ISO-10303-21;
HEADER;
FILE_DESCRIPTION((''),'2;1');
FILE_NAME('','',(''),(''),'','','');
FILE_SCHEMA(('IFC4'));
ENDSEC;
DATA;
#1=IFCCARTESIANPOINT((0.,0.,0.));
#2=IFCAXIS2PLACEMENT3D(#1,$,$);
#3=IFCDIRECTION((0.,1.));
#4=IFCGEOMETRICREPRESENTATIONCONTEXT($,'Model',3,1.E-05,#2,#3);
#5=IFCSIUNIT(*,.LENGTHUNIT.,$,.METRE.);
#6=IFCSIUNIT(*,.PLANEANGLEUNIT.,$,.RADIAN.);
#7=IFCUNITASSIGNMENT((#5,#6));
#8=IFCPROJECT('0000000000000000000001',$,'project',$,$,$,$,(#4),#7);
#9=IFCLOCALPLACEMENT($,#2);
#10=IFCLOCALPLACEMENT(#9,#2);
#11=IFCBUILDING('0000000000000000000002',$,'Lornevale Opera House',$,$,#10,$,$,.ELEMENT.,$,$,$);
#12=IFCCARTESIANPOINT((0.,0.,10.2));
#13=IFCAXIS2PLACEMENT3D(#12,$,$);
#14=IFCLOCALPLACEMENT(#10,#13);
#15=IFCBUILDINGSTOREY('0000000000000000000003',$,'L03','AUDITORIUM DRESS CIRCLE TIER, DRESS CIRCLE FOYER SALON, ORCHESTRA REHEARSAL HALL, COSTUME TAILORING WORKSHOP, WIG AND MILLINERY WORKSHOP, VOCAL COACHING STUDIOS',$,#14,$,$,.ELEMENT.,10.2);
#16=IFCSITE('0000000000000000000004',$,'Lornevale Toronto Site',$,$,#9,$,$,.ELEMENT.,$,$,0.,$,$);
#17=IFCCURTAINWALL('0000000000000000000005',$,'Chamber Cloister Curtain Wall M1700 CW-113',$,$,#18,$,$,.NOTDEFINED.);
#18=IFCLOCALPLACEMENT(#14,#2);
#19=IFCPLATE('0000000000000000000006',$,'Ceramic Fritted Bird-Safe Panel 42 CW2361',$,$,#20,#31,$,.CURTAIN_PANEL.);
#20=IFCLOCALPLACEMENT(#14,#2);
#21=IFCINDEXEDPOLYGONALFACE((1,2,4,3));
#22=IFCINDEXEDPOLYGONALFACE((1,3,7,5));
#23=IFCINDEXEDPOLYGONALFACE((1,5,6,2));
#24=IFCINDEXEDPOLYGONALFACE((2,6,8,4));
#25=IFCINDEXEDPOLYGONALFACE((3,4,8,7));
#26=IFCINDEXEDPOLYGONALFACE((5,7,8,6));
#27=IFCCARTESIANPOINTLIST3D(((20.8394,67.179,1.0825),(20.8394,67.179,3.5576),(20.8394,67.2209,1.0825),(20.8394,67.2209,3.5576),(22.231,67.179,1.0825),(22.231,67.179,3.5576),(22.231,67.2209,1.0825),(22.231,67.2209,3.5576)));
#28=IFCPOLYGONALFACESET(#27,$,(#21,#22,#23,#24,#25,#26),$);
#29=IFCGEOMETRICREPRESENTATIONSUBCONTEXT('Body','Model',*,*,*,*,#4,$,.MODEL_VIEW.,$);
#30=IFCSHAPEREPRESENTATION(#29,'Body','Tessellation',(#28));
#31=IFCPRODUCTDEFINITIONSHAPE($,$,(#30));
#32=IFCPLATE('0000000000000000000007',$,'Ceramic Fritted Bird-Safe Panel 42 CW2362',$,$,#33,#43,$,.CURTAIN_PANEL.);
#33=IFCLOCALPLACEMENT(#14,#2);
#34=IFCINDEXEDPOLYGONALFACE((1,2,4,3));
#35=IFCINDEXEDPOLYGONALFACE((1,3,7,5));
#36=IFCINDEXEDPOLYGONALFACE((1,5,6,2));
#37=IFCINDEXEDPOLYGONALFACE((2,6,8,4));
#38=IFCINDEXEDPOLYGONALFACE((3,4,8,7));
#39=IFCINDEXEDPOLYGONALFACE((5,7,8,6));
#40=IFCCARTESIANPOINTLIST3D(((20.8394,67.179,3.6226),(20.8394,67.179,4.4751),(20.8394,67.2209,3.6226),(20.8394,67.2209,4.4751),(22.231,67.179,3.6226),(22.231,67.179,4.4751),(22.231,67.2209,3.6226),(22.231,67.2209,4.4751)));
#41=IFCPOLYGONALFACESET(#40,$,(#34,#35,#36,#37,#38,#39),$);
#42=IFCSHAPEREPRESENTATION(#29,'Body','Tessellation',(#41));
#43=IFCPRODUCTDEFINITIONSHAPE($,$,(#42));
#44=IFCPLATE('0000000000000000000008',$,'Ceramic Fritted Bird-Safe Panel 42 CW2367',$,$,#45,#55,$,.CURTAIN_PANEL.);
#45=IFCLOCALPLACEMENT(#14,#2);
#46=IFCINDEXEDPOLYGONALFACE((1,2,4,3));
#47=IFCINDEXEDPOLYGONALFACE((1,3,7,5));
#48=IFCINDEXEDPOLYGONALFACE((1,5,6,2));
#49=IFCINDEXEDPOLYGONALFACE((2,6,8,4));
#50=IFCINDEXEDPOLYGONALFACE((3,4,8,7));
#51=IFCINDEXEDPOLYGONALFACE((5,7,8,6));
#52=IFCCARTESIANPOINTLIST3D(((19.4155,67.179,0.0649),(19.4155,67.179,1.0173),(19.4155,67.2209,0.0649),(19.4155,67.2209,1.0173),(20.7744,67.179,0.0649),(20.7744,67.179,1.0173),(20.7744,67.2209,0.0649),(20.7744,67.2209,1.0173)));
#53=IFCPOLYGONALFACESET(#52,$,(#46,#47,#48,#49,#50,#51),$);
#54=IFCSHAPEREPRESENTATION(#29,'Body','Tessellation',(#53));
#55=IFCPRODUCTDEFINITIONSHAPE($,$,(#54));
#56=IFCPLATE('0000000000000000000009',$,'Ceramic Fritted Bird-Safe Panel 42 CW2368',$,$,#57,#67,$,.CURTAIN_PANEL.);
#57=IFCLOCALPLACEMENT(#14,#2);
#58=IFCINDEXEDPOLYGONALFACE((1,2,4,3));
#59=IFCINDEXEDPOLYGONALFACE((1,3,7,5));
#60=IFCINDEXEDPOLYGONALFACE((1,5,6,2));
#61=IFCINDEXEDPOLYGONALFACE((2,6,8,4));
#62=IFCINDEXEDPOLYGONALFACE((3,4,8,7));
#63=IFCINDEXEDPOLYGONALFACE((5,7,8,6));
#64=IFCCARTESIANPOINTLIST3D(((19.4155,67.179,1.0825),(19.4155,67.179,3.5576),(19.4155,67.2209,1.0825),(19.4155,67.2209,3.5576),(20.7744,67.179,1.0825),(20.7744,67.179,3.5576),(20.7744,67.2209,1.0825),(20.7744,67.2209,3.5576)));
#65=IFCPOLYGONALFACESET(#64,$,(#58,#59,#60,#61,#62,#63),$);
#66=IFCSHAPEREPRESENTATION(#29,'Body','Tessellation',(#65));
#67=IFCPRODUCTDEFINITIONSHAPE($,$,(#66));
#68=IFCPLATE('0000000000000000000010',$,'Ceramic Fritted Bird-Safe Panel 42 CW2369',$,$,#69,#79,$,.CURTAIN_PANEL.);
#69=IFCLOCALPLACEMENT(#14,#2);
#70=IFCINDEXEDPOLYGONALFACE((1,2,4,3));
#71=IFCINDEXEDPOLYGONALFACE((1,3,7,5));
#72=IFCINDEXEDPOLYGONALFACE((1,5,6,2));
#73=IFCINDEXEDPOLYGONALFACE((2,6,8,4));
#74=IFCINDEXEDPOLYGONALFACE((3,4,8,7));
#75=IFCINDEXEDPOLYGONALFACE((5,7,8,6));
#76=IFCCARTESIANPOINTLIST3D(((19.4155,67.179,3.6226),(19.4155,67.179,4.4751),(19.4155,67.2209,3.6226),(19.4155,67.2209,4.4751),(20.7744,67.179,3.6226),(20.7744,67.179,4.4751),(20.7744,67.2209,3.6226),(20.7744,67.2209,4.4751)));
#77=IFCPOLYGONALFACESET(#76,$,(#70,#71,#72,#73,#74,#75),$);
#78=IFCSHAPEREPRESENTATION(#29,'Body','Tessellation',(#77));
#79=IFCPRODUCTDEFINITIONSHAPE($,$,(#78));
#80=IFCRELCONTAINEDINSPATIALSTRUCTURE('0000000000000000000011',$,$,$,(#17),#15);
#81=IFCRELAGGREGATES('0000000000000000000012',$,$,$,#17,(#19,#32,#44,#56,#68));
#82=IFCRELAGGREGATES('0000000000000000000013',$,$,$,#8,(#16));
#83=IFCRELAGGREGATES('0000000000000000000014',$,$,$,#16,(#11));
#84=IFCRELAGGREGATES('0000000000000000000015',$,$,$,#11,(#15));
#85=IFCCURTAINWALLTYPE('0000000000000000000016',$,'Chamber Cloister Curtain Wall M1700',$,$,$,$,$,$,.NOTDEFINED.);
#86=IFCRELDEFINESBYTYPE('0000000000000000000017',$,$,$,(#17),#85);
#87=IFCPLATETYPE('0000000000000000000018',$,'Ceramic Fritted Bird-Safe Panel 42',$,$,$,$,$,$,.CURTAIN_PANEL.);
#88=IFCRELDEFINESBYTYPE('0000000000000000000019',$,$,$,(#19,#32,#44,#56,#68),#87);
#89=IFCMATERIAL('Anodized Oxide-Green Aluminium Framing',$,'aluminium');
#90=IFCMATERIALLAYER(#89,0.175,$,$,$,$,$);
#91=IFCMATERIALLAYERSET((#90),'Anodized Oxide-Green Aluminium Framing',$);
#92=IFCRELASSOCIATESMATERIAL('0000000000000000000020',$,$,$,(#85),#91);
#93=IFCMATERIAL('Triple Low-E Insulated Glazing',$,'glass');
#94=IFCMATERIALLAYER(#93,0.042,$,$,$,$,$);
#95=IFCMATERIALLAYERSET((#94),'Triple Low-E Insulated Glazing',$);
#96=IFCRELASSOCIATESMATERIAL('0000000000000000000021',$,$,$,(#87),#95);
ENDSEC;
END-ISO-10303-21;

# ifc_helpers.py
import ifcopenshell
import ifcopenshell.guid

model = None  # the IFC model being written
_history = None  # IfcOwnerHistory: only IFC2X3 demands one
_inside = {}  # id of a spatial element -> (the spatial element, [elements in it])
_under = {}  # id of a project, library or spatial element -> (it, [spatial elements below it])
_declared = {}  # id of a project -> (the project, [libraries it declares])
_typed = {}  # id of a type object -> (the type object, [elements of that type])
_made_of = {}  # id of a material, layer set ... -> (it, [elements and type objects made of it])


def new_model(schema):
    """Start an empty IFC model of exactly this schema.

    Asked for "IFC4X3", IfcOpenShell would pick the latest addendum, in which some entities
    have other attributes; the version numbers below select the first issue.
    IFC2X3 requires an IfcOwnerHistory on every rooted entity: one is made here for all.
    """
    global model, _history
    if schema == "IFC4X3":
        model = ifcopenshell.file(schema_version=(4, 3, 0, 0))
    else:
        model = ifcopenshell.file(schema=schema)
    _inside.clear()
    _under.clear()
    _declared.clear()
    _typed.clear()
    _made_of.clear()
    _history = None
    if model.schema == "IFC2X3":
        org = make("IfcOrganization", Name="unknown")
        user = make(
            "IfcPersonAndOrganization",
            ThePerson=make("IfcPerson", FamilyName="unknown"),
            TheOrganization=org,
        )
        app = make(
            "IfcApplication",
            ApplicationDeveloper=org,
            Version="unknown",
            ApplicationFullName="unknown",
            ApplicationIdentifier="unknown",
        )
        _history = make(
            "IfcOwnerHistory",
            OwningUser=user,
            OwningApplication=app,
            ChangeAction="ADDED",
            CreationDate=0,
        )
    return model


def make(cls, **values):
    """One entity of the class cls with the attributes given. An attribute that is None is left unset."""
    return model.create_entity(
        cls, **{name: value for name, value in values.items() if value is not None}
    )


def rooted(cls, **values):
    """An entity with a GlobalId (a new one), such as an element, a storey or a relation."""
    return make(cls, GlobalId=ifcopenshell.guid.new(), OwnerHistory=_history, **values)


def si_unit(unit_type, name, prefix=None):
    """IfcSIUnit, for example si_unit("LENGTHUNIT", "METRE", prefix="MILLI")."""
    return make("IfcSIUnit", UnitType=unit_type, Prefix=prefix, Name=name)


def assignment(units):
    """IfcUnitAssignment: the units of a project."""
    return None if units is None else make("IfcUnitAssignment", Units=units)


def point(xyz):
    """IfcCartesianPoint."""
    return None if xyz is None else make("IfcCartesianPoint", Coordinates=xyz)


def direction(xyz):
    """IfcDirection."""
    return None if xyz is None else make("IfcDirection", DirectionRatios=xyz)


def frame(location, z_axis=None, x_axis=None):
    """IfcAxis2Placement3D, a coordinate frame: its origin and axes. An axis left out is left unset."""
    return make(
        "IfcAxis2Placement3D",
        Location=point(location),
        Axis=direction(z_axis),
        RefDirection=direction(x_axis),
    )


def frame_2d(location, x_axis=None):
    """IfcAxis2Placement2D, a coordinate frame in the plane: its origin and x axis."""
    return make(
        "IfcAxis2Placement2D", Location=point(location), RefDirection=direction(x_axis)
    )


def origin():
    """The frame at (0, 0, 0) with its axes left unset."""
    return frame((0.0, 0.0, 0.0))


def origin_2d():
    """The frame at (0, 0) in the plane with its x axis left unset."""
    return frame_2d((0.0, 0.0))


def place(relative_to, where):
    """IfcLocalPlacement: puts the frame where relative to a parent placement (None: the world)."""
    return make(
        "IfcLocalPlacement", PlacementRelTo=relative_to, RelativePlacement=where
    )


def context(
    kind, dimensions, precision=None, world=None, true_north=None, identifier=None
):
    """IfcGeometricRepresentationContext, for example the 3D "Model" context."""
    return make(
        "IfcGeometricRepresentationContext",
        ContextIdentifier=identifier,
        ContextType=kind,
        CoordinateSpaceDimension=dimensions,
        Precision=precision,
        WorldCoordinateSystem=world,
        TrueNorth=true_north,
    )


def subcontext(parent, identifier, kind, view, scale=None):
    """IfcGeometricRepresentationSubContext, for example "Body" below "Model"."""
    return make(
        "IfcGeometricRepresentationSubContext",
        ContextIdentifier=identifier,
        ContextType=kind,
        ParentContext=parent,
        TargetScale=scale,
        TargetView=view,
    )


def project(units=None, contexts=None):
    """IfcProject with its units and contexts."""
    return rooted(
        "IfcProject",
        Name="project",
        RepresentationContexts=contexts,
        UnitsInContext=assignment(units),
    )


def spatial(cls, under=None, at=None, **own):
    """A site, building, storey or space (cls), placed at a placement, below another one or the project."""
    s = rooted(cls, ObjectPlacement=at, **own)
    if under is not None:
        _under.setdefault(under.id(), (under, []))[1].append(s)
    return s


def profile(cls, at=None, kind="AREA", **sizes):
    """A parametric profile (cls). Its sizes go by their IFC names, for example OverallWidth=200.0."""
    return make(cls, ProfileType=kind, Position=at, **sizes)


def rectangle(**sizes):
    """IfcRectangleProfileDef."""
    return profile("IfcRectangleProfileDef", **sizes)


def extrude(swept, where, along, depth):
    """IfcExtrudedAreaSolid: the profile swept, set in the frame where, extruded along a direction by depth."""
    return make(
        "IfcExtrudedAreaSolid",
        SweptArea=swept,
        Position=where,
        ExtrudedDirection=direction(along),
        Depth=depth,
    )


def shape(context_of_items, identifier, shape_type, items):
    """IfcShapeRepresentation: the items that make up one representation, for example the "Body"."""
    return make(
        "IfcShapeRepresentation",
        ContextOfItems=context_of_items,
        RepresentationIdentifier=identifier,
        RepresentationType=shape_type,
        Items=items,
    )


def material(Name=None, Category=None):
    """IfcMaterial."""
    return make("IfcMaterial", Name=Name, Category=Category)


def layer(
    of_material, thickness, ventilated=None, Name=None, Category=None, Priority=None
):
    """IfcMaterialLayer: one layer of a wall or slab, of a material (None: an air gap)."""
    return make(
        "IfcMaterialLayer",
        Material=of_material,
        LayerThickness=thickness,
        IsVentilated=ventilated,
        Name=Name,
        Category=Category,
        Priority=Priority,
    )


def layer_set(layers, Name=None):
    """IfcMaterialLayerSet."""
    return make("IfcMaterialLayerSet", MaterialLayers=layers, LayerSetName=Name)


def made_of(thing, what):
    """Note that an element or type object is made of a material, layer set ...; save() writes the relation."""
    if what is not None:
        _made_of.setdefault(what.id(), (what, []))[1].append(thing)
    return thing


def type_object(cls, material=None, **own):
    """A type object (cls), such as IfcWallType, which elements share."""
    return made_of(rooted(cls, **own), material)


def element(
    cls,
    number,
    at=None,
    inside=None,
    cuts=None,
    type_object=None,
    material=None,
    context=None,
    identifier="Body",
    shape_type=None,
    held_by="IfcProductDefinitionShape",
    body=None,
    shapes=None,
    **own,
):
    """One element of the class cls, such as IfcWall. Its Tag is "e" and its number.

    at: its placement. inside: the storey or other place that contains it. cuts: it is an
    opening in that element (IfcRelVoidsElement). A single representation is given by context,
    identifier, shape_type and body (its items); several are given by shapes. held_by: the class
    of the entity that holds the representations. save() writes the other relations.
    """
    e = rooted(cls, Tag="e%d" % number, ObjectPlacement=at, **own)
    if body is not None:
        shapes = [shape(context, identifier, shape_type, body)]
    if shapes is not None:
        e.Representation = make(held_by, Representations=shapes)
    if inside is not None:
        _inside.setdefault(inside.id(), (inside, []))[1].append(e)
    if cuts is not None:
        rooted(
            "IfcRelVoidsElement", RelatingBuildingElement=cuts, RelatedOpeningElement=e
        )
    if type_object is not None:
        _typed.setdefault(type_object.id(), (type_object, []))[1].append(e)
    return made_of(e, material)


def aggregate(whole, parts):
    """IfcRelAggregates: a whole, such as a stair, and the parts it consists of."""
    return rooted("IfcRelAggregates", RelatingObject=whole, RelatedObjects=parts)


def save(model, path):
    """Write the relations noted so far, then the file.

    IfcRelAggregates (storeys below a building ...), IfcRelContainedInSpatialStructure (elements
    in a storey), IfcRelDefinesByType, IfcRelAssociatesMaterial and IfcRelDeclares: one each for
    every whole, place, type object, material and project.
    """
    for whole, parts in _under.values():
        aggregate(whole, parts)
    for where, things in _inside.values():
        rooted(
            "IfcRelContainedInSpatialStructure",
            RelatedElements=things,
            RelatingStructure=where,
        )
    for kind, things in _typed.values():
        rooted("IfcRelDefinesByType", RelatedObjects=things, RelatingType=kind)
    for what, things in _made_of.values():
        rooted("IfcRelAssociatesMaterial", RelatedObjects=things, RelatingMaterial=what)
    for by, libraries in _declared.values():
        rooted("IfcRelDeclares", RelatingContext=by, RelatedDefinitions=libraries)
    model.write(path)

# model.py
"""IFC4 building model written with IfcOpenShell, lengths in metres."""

from ifc_helpers import new_model, si_unit, direction, frame, origin, origin_2d, place, context, subcontext, project, spatial, rectangle, extrude, material, layer, layer_set, type_object, element, aggregate, save


model = new_model("IFC4")

# Units and contexts
model_context = context("Model", 3, precision=1e-05, world=origin(), true_north=direction((0.0, 1.0)))
body_context = subcontext(model_context, "Body", "Model", "MODEL_VIEW")
ifc_project = project(units=[si_unit("LENGTHUNIT", "METRE"), si_unit("PLANEANGLEUNIT", "RADIAN")], contexts=[model_context])

# Site, building, storey
site_placement = place(None, origin())
site = spatial("IfcSite", under=ifc_project, at=site_placement, Name="Lornevale Toronto Site", CompositionType="ELEMENT", RefElevation=0.0)
building_placement = place(site_placement, origin())
building = spatial("IfcBuilding", under=site, at=building_placement, Name="Lornevale Opera House", CompositionType="ELEMENT")
storey_placement = place(building_placement, frame((0.0, 0.0, 10.2)))
storey = spatial("IfcBuildingStorey", under=building, at=storey_placement, Name="L03", Description="AUDITORIUM DRESS CIRCLE TIER, DRESS CIRCLE FOYER SALON, ORCHESTRA REHEARSAL HALL, COSTUME TAILORING WORKSHOP, WIG AND MILLINERY WORKSHOP, VOCAL COACHING STUDIOS", CompositionType="ELEMENT", Elevation=10.2)

# Curtain wall
ifc_material_1 = material(Name="Anodized Oxide-Green Aluminium Framing", Category="aluminium")
ifc_layer_1 = layer(ifc_material_1, 0.175)
ifc_layer_set_1 = layer_set([ifc_layer_1], Name="Anodized Oxide-Green Aluminium Framing")
curtain_wall_type = type_object("IfcCurtainWallType", Name="Chamber Cloister Curtain Wall M1700", PredefinedType="NOTDEFINED", material=ifc_layer_set_1)
curtain_wall_1_placement = place(storey_placement, origin())
curtain_wall_1 = element("IfcCurtainWall", 1, at=curtain_wall_1_placement, inside=storey, type_object=curtain_wall_type, Name="Chamber Cloister Curtain Wall M1700 CW-113", PredefinedType="NOTDEFINED")

# Plates
ifc_material_2 = material(Name="Triple Low-E Insulated Glazing", Category="glass")
ifc_layer_2 = layer(ifc_material_2, 0.042)
ifc_layer_set_2 = layer_set([ifc_layer_2], Name="Triple Low-E Insulated Glazing")
plate_type = type_object("IfcPlateType", Name="Ceramic Fritted Bird-Safe Panel 42", PredefinedType="CURTAIN_PANEL", material=ifc_layer_set_2)
plate_1_placement = place(storey_placement, frame((21.5352, 67.2, 1.0825), z_axis=(0.0, 0.0, 1.0), x_axis=(-1.0, 0.0, 0.0)))
plate_1 = element("IfcPlate", 2, at=plate_1_placement, type_object=plate_type, Name="Ceramic Fritted Bird-Safe Panel 42 CW2361", PredefinedType="CURTAIN_PANEL", context=body_context, shape_type="SweptSolid", body=[
    extrude(rectangle(XDim=1.3916, YDim=0.042, at=origin_2d()), origin(), (0.0, 0.0, 1.0), 2.4751),
])
plate_2_placement = place(storey_placement, frame((21.5352, 67.2, 3.6226), z_axis=(0.0, 0.0, 1.0), x_axis=(-1.0, 0.0, 0.0)))
plate_2 = element("IfcPlate", 3, at=plate_2_placement, type_object=plate_type, Name="Ceramic Fritted Bird-Safe Panel 42 CW2362", PredefinedType="CURTAIN_PANEL", context=body_context, shape_type="SweptSolid", body=[
    extrude(rectangle(XDim=1.3916, YDim=0.042, at=origin_2d()), origin(), (0.0, 0.0, 1.0), 0.8525),
])
plate_3_placement = place(storey_placement, frame((20.095, 67.2, 0.0649), z_axis=(0.0, 0.0, 1.0), x_axis=(-1.0, 0.0, 0.0)))
plate_3 = element("IfcPlate", 4, at=plate_3_placement, type_object=plate_type, Name="Ceramic Fritted Bird-Safe Panel 42 CW2367", PredefinedType="CURTAIN_PANEL", context=body_context, shape_type="SweptSolid", body=[
    extrude(rectangle(XDim=1.3589, YDim=0.042, at=origin_2d()), origin(), (0.0, 0.0, 1.0), 0.9524),
])
plate_4_placement = place(storey_placement, frame((20.095, 67.2, 1.0825), z_axis=(0.0, 0.0, 1.0), x_axis=(-1.0, 0.0, 0.0)))
plate_4 = element("IfcPlate", 5, at=plate_4_placement, type_object=plate_type, Name="Ceramic Fritted Bird-Safe Panel 42 CW2368", PredefinedType="CURTAIN_PANEL", context=body_context, shape_type="SweptSolid", body=[
    extrude(rectangle(XDim=1.3589, YDim=0.042, at=origin_2d()), origin(), (0.0, 0.0, 1.0), 2.4751),
])
plate_5_placement = place(storey_placement, frame((20.095, 67.2, 3.6226), z_axis=(0.0, 0.0, 1.0), x_axis=(-1.0, 0.0, 0.0)))
plate_5 = element("IfcPlate", 6, at=plate_5_placement, type_object=plate_type, Name="Ceramic Fritted Bird-Safe Panel 42 CW2369", PredefinedType="CURTAIN_PANEL", context=body_context, shape_type="SweptSolid", body=[
    extrude(rectangle(XDim=1.3589, YDim=0.042, at=origin_2d()), origin(), (0.0, 0.0, 1.0), 0.8525),
])
aggregate(curtain_wall_1, [plate_1, plate_2, plate_3, plate_4, plate_5])

save(model, "model.ifc")
